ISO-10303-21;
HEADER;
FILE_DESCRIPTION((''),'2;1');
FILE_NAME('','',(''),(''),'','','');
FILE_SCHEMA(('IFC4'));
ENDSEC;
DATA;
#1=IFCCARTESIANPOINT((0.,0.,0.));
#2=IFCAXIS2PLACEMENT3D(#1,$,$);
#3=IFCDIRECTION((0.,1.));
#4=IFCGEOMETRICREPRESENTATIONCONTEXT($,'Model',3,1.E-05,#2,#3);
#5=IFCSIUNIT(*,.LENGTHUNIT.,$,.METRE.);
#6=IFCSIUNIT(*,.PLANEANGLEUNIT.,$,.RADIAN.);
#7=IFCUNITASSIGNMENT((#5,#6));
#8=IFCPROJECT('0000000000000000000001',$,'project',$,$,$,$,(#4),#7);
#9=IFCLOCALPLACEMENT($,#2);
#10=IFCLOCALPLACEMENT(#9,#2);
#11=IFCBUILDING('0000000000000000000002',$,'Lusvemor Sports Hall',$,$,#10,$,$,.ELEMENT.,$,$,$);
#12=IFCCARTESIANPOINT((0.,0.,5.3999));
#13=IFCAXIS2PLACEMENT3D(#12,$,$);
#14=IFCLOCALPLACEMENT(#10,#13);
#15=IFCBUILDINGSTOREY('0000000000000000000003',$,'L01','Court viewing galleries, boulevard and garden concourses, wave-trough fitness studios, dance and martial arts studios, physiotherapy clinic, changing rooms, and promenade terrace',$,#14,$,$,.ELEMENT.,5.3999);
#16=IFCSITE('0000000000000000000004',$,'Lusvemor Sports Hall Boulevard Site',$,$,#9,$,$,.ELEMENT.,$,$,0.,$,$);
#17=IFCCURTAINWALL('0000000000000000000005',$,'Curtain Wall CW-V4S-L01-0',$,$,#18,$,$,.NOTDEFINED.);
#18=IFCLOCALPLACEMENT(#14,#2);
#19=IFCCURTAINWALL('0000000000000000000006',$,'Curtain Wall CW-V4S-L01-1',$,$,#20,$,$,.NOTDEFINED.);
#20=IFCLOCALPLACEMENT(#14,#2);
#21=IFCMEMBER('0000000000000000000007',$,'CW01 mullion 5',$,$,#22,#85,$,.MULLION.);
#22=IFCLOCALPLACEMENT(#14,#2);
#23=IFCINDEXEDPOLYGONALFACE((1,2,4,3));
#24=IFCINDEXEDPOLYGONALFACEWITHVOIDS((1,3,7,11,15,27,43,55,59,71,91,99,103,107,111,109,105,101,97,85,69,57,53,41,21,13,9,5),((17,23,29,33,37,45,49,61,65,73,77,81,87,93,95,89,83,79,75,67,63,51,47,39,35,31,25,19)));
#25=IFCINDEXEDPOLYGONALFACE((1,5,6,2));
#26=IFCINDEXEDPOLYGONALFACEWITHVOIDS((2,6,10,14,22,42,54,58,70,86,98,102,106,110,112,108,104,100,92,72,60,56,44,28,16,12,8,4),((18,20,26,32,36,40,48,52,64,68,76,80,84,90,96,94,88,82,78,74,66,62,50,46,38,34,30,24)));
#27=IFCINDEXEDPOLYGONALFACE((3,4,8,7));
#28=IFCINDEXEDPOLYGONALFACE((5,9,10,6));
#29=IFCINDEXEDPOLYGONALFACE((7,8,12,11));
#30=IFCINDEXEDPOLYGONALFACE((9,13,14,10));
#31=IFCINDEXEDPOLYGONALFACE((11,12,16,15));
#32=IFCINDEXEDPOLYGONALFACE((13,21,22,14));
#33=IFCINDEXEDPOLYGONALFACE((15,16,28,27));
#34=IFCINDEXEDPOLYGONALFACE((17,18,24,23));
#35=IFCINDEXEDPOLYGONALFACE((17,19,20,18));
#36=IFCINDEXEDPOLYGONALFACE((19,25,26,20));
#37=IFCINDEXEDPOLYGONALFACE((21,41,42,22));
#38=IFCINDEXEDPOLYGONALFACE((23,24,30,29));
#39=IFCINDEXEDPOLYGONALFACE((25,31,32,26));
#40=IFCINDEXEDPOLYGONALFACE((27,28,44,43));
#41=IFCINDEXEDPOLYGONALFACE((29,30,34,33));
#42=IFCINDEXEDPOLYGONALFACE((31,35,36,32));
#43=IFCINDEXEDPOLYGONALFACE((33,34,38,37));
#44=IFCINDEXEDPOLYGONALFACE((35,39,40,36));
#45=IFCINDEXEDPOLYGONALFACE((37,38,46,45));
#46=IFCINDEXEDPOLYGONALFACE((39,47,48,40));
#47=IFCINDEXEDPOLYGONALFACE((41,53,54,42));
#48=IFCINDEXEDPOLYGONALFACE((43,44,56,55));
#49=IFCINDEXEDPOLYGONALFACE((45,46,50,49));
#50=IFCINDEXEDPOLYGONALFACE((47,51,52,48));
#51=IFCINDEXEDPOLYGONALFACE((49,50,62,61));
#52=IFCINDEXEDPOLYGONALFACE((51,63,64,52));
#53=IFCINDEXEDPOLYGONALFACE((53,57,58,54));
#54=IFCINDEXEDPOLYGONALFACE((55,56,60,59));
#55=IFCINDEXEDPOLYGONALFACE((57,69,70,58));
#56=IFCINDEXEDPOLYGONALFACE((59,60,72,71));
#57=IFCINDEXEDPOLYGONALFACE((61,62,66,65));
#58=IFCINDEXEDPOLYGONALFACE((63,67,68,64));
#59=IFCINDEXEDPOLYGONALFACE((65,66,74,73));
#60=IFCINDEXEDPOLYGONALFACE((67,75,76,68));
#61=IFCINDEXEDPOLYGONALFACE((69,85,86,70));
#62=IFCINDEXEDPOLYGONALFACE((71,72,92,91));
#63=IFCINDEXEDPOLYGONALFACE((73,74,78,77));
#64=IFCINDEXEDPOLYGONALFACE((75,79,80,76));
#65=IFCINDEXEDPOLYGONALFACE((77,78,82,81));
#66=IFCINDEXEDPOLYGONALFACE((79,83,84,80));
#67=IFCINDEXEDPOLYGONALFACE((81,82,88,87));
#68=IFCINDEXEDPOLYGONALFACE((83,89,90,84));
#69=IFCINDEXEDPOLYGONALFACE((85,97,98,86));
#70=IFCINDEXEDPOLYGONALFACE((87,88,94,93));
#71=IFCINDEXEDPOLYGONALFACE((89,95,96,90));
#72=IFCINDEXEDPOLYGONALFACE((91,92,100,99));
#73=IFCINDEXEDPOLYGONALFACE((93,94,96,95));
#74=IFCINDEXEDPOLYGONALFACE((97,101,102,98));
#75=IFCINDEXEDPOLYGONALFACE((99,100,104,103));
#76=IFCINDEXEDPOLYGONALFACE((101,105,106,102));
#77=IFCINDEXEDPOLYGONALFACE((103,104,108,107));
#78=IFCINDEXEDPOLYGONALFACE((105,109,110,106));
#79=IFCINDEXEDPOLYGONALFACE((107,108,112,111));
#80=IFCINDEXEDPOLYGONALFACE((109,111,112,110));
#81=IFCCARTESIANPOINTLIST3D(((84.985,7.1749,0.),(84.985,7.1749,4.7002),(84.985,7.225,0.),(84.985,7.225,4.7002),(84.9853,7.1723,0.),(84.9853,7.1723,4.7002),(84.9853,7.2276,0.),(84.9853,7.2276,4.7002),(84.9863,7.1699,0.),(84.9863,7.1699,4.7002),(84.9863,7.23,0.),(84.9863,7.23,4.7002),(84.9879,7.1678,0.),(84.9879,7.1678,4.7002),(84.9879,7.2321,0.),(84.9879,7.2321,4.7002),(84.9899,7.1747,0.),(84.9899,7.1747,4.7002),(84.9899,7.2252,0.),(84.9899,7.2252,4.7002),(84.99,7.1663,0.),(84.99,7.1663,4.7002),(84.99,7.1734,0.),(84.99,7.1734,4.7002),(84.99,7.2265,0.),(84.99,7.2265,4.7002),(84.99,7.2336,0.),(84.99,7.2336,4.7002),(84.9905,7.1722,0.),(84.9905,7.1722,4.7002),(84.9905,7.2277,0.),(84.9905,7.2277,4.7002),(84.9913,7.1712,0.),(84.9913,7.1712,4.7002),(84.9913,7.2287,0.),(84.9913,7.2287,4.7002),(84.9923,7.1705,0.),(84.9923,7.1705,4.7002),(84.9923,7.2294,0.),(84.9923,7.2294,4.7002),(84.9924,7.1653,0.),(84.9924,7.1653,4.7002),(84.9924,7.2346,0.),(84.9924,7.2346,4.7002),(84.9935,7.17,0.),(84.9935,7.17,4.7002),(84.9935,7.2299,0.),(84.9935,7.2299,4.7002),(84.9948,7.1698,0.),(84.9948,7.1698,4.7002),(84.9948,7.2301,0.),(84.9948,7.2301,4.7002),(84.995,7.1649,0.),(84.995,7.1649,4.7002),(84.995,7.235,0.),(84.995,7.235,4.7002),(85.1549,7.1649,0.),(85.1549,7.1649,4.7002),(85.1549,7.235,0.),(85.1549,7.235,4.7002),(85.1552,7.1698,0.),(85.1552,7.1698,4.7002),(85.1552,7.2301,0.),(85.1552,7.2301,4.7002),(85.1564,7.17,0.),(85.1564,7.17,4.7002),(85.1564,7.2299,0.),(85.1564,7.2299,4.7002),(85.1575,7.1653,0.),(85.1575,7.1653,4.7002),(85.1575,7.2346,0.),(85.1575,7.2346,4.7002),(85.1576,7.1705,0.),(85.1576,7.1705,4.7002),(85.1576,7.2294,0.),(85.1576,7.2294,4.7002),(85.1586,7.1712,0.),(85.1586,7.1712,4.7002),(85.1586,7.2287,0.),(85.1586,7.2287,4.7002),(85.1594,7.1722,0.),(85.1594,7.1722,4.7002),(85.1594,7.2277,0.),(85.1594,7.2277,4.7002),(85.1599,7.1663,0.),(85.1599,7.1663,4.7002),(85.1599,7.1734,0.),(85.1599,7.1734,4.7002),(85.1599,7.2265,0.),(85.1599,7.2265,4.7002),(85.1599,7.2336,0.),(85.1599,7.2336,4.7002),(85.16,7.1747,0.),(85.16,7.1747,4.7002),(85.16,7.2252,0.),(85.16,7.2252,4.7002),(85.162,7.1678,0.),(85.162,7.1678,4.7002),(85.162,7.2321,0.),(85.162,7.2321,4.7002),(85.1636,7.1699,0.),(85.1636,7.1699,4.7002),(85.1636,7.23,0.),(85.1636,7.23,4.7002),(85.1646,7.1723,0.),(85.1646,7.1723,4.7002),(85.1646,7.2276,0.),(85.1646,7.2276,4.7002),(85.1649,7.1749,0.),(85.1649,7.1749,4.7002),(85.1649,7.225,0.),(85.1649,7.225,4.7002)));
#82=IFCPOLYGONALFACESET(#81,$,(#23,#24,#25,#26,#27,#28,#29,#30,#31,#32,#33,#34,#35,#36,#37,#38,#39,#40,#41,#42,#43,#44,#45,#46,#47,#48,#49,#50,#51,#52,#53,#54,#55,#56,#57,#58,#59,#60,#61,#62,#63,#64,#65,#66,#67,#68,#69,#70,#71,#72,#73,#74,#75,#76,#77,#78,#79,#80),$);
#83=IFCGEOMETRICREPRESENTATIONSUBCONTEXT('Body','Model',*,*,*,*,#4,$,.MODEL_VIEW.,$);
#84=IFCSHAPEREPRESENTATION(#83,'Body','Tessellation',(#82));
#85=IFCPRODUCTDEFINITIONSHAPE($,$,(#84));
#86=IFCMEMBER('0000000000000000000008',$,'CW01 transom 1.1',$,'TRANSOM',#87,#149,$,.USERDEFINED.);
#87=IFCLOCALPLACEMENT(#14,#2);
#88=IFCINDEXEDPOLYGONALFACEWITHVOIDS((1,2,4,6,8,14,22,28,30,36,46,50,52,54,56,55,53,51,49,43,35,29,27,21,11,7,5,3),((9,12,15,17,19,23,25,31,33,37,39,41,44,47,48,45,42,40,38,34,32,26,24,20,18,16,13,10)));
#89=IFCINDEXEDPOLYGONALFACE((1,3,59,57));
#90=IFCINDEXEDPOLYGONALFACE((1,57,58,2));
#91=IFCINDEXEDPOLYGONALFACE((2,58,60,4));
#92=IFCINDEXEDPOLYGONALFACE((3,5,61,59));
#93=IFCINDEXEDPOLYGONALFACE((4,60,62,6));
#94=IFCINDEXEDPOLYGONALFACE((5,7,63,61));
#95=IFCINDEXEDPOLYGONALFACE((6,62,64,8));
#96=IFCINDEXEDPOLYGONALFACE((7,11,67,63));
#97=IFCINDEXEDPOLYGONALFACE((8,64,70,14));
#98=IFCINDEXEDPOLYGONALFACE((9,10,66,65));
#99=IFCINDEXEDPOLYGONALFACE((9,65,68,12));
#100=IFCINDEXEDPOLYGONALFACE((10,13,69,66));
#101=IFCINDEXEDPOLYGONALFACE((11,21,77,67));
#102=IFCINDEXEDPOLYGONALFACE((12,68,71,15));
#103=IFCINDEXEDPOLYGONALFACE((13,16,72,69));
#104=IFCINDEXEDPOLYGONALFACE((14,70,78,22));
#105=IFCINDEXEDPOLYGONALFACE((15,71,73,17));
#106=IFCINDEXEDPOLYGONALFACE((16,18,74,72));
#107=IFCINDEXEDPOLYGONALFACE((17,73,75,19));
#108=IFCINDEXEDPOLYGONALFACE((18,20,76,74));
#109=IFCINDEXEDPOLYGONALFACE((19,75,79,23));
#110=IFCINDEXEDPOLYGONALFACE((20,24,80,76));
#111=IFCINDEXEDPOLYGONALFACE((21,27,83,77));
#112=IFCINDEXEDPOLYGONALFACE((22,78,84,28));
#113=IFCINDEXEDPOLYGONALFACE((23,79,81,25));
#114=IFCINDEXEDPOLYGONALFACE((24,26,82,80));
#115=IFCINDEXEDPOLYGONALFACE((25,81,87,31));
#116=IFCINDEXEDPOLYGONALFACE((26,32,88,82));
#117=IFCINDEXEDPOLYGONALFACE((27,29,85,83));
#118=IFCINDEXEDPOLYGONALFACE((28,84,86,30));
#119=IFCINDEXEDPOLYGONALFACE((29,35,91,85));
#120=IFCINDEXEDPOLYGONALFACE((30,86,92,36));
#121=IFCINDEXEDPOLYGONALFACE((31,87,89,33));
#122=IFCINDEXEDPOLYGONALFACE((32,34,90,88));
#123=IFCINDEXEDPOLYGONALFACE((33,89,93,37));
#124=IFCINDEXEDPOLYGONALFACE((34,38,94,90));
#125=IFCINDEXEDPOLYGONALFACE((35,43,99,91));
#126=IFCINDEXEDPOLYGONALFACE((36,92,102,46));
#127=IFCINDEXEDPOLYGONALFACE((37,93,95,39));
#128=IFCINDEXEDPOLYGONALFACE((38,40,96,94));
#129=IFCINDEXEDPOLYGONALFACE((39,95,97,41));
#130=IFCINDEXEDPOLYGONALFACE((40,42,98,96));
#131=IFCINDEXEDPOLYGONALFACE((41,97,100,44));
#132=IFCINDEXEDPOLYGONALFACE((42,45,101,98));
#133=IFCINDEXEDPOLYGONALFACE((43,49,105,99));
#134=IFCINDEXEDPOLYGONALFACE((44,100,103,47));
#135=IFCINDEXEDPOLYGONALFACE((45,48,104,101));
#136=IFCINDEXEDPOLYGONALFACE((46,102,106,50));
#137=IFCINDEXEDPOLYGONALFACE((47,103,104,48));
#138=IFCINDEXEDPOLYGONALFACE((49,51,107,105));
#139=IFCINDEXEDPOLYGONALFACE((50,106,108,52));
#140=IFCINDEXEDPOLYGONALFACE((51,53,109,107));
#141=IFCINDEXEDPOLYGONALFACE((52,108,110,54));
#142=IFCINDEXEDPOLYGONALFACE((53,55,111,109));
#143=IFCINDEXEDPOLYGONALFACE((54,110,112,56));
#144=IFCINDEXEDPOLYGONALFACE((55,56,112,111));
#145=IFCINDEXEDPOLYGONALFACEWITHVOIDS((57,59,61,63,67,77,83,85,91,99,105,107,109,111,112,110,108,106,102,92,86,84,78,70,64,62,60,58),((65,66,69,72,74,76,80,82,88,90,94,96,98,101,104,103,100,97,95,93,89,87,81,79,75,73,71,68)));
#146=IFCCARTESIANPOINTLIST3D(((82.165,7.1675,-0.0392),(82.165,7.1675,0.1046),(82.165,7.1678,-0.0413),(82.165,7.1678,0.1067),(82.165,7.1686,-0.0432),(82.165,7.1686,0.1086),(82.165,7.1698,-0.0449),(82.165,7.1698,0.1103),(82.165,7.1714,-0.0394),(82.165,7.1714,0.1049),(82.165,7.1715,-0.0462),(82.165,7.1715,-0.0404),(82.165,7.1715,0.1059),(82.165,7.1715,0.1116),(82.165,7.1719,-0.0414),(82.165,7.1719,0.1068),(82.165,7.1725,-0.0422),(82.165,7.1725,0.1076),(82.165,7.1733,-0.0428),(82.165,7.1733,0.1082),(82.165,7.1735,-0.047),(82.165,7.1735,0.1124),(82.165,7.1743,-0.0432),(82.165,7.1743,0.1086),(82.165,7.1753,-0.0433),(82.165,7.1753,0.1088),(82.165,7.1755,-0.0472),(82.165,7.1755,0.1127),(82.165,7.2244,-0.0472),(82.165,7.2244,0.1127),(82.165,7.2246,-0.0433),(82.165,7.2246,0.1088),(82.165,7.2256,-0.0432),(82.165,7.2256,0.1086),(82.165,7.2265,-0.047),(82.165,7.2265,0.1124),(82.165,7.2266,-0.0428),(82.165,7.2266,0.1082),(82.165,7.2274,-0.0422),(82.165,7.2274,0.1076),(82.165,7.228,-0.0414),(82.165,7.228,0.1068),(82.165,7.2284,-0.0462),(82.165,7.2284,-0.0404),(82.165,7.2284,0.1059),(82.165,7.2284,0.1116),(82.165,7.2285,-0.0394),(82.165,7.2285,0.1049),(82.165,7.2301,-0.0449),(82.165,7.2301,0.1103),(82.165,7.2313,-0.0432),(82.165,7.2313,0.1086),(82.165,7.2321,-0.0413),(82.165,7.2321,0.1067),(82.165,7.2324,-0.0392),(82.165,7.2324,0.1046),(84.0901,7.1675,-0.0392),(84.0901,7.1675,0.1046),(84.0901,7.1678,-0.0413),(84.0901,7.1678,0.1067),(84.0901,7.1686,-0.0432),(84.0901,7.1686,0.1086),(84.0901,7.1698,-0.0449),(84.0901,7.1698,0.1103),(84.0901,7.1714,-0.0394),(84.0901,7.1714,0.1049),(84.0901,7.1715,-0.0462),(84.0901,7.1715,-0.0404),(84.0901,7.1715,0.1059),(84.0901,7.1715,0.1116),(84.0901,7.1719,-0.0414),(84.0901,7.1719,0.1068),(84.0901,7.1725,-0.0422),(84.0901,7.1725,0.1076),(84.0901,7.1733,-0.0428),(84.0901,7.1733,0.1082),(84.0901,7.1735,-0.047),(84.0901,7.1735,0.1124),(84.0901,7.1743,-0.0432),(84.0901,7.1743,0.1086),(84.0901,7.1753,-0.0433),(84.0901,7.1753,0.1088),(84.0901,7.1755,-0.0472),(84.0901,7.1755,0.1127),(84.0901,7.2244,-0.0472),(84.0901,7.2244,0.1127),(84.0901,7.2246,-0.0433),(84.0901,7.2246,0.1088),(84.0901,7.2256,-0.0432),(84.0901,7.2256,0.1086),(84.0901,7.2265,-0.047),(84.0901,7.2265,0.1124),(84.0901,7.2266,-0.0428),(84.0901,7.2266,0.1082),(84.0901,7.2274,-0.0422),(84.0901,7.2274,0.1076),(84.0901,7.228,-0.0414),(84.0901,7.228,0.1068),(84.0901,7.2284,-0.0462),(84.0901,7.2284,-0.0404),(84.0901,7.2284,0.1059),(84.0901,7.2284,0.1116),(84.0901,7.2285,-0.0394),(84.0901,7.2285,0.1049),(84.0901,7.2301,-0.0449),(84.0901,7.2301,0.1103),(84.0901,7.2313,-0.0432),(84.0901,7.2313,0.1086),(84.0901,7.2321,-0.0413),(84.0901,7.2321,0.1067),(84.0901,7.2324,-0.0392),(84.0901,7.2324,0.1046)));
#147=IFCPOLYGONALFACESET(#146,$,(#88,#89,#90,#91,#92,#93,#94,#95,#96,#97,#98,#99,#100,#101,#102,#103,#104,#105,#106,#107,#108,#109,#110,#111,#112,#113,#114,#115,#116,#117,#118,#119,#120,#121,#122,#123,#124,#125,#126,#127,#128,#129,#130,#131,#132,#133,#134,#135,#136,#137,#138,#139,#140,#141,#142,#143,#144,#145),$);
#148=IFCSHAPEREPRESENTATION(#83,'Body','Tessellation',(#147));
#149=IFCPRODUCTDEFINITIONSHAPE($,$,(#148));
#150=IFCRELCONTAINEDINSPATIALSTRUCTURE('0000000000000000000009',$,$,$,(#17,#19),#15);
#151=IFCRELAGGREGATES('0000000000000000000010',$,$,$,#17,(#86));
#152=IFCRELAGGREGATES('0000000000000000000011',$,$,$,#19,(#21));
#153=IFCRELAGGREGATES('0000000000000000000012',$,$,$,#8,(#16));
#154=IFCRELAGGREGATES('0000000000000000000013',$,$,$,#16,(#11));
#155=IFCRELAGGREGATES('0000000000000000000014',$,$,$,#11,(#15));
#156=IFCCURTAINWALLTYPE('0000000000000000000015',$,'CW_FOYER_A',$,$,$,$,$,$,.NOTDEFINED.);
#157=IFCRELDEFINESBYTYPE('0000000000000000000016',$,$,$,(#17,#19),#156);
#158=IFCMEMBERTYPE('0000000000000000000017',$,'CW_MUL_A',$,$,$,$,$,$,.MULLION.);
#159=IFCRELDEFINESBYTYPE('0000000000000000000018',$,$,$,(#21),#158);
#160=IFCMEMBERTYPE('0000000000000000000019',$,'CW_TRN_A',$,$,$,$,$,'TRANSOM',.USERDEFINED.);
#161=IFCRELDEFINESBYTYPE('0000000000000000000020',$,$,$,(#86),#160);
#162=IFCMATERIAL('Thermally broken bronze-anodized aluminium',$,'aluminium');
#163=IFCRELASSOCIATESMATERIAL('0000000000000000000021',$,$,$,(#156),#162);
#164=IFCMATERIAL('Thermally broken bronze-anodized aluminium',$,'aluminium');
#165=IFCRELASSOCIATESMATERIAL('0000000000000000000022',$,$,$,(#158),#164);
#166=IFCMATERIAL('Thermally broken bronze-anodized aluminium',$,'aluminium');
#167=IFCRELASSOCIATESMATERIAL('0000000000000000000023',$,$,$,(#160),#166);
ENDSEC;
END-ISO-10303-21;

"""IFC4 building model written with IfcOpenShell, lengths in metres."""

from ifc_helpers import new_model, si_unit, direction, frame, origin, origin_2d, place, context, subcontext, project, spatial, hollow_rectangle, extrude, material, material_profile, profile_set, type_object, element, aggregate, save


model = new_model("IFC4")

# Units and contexts
model_context = context("Model", 3, precision=1e-05, world=origin(), true_north=direction((0.0, 1.0)))
body_context = subcontext(model_context, "Body", "Model", "MODEL_VIEW")
ifc_project = project(units=[si_unit("LENGTHUNIT", "METRE"), si_unit("PLANEANGLEUNIT", "RADIAN")], contexts=[model_context])

# Site, building, storey
site_placement = place(None, origin())
site = spatial("IfcSite", under=ifc_project, at=site_placement, Name="Lusvemor Sports Hall Boulevard Site", CompositionType="ELEMENT", RefElevation=0.0)
building_placement = place(site_placement, origin())
building = spatial("IfcBuilding", under=site, at=building_placement, Name="Lusvemor Sports Hall", CompositionType="ELEMENT")
storey_placement = place(building_placement, frame((0.0, 0.0, 5.3999)))
storey = spatial("IfcBuildingStorey", under=building, at=storey_placement, Name="L01", Description="Court viewing galleries, boulevard and garden concourses, wave-trough fitness studios, dance and martial arts studios, physiotherapy clinic, changing rooms, and promenade terrace", CompositionType="ELEMENT", Elevation=5.3999)

# Curtain walls, member
ifc_material_1 = material(Name="Thermally broken bronze-anodized aluminium", Category="aluminium")
curtain_wall_type = type_object("IfcCurtainWallType", Name="CW_FOYER_A", PredefinedType="NOTDEFINED", material=ifc_material_1)
curtain_wall_1_placement = place(storey_placement, origin())
curtain_wall_1 = element("IfcCurtainWall", 1, at=curtain_wall_1_placement, inside=storey, type_object=curtain_wall_type, Name="Curtain Wall CW-V4S-L01-0", PredefinedType="NOTDEFINED")
ifc_material_2 = material(Name="Thermally broken bronze-anodized aluminium", Category="aluminium")
ifc_material_profile_1 = material_profile(ifc_material_2, hollow_rectangle(XDim=0.0701, YDim=0.1799, WallThickness=0.0049, InnerFilletRadius=0.0049, OuterFilletRadius=0.01, at=origin_2d()), Name="CWMUL180x70x5")
ifc_profile_set_1 = profile_set([ifc_material_profile_1], Name="Thermally broken bronze-anodized aluminium")
member_type_1 = type_object("IfcMemberType", Name="CW_MUL_A", PredefinedType="MULLION", material=ifc_profile_set_1)
curtain_wall_2_placement = place(storey_placement, origin())
curtain_wall_2 = element("IfcCurtainWall", 2, at=curtain_wall_2_placement, inside=storey, type_object=curtain_wall_type, Name="Curtain Wall CW-V4S-L01-1", PredefinedType="NOTDEFINED")
member_1_placement = place(storey_placement, frame((85.075, 7.2, 0.0), z_axis=(0.0, 0.0, 1.0), x_axis=(0.0, -1.0, 0.0)))
member_1 = element("IfcMember", 3, at=member_1_placement, type_object=member_type_1, Name="CW01 mullion 5", PredefinedType="MULLION", context=body_context, shape_type="SweptSolid", body=[
    extrude(hollow_rectangle(XDim=0.0701, YDim=0.1799, WallThickness=0.0049, InnerFilletRadius=0.0049, OuterFilletRadius=0.01, at=origin_2d()), origin(), (0.0, 0.0, 1.0), 4.7002),
])

# Member
ifc_material_3 = material(Name="Thermally broken bronze-anodized aluminium", Category="aluminium")
ifc_material_profile_2 = material_profile(ifc_material_3, hollow_rectangle(XDim=0.0649, YDim=0.1599, WallThickness=0.0039, InnerFilletRadius=0.0039, OuterFilletRadius=0.0081, at=origin_2d()), Name="CWTRN160x65x4")
ifc_profile_set_2 = profile_set([ifc_material_profile_2], Name="Thermally broken bronze-anodized aluminium")
member_type_2 = type_object("IfcMemberType", Name="CW_TRN_A", ElementType="TRANSOM", PredefinedType="USERDEFINED", material=ifc_profile_set_2)
member_2_placement = place(storey_placement, frame((84.0901, 7.2, 0.0327), z_axis=(-1.0, 0.0, 0.0), x_axis=(0.0, -1.0, 0.0)))
member_2 = element("IfcMember", 4, at=member_2_placement, type_object=member_type_2, Name="CW01 transom 1.1", ObjectType="TRANSOM", PredefinedType="USERDEFINED", context=body_context, shape_type="SweptSolid", body=[
    extrude(hollow_rectangle(XDim=0.0649, YDim=0.1599, WallThickness=0.0039, InnerFilletRadius=0.0039, OuterFilletRadius=0.0081, at=origin_2d()), origin(), (0.0, 0.0, 1.0), 1.925),
])

aggregate(curtain_wall_1, [member_2])
aggregate(curtain_wall_2, [member_1])

save(model, "model.ifc")
